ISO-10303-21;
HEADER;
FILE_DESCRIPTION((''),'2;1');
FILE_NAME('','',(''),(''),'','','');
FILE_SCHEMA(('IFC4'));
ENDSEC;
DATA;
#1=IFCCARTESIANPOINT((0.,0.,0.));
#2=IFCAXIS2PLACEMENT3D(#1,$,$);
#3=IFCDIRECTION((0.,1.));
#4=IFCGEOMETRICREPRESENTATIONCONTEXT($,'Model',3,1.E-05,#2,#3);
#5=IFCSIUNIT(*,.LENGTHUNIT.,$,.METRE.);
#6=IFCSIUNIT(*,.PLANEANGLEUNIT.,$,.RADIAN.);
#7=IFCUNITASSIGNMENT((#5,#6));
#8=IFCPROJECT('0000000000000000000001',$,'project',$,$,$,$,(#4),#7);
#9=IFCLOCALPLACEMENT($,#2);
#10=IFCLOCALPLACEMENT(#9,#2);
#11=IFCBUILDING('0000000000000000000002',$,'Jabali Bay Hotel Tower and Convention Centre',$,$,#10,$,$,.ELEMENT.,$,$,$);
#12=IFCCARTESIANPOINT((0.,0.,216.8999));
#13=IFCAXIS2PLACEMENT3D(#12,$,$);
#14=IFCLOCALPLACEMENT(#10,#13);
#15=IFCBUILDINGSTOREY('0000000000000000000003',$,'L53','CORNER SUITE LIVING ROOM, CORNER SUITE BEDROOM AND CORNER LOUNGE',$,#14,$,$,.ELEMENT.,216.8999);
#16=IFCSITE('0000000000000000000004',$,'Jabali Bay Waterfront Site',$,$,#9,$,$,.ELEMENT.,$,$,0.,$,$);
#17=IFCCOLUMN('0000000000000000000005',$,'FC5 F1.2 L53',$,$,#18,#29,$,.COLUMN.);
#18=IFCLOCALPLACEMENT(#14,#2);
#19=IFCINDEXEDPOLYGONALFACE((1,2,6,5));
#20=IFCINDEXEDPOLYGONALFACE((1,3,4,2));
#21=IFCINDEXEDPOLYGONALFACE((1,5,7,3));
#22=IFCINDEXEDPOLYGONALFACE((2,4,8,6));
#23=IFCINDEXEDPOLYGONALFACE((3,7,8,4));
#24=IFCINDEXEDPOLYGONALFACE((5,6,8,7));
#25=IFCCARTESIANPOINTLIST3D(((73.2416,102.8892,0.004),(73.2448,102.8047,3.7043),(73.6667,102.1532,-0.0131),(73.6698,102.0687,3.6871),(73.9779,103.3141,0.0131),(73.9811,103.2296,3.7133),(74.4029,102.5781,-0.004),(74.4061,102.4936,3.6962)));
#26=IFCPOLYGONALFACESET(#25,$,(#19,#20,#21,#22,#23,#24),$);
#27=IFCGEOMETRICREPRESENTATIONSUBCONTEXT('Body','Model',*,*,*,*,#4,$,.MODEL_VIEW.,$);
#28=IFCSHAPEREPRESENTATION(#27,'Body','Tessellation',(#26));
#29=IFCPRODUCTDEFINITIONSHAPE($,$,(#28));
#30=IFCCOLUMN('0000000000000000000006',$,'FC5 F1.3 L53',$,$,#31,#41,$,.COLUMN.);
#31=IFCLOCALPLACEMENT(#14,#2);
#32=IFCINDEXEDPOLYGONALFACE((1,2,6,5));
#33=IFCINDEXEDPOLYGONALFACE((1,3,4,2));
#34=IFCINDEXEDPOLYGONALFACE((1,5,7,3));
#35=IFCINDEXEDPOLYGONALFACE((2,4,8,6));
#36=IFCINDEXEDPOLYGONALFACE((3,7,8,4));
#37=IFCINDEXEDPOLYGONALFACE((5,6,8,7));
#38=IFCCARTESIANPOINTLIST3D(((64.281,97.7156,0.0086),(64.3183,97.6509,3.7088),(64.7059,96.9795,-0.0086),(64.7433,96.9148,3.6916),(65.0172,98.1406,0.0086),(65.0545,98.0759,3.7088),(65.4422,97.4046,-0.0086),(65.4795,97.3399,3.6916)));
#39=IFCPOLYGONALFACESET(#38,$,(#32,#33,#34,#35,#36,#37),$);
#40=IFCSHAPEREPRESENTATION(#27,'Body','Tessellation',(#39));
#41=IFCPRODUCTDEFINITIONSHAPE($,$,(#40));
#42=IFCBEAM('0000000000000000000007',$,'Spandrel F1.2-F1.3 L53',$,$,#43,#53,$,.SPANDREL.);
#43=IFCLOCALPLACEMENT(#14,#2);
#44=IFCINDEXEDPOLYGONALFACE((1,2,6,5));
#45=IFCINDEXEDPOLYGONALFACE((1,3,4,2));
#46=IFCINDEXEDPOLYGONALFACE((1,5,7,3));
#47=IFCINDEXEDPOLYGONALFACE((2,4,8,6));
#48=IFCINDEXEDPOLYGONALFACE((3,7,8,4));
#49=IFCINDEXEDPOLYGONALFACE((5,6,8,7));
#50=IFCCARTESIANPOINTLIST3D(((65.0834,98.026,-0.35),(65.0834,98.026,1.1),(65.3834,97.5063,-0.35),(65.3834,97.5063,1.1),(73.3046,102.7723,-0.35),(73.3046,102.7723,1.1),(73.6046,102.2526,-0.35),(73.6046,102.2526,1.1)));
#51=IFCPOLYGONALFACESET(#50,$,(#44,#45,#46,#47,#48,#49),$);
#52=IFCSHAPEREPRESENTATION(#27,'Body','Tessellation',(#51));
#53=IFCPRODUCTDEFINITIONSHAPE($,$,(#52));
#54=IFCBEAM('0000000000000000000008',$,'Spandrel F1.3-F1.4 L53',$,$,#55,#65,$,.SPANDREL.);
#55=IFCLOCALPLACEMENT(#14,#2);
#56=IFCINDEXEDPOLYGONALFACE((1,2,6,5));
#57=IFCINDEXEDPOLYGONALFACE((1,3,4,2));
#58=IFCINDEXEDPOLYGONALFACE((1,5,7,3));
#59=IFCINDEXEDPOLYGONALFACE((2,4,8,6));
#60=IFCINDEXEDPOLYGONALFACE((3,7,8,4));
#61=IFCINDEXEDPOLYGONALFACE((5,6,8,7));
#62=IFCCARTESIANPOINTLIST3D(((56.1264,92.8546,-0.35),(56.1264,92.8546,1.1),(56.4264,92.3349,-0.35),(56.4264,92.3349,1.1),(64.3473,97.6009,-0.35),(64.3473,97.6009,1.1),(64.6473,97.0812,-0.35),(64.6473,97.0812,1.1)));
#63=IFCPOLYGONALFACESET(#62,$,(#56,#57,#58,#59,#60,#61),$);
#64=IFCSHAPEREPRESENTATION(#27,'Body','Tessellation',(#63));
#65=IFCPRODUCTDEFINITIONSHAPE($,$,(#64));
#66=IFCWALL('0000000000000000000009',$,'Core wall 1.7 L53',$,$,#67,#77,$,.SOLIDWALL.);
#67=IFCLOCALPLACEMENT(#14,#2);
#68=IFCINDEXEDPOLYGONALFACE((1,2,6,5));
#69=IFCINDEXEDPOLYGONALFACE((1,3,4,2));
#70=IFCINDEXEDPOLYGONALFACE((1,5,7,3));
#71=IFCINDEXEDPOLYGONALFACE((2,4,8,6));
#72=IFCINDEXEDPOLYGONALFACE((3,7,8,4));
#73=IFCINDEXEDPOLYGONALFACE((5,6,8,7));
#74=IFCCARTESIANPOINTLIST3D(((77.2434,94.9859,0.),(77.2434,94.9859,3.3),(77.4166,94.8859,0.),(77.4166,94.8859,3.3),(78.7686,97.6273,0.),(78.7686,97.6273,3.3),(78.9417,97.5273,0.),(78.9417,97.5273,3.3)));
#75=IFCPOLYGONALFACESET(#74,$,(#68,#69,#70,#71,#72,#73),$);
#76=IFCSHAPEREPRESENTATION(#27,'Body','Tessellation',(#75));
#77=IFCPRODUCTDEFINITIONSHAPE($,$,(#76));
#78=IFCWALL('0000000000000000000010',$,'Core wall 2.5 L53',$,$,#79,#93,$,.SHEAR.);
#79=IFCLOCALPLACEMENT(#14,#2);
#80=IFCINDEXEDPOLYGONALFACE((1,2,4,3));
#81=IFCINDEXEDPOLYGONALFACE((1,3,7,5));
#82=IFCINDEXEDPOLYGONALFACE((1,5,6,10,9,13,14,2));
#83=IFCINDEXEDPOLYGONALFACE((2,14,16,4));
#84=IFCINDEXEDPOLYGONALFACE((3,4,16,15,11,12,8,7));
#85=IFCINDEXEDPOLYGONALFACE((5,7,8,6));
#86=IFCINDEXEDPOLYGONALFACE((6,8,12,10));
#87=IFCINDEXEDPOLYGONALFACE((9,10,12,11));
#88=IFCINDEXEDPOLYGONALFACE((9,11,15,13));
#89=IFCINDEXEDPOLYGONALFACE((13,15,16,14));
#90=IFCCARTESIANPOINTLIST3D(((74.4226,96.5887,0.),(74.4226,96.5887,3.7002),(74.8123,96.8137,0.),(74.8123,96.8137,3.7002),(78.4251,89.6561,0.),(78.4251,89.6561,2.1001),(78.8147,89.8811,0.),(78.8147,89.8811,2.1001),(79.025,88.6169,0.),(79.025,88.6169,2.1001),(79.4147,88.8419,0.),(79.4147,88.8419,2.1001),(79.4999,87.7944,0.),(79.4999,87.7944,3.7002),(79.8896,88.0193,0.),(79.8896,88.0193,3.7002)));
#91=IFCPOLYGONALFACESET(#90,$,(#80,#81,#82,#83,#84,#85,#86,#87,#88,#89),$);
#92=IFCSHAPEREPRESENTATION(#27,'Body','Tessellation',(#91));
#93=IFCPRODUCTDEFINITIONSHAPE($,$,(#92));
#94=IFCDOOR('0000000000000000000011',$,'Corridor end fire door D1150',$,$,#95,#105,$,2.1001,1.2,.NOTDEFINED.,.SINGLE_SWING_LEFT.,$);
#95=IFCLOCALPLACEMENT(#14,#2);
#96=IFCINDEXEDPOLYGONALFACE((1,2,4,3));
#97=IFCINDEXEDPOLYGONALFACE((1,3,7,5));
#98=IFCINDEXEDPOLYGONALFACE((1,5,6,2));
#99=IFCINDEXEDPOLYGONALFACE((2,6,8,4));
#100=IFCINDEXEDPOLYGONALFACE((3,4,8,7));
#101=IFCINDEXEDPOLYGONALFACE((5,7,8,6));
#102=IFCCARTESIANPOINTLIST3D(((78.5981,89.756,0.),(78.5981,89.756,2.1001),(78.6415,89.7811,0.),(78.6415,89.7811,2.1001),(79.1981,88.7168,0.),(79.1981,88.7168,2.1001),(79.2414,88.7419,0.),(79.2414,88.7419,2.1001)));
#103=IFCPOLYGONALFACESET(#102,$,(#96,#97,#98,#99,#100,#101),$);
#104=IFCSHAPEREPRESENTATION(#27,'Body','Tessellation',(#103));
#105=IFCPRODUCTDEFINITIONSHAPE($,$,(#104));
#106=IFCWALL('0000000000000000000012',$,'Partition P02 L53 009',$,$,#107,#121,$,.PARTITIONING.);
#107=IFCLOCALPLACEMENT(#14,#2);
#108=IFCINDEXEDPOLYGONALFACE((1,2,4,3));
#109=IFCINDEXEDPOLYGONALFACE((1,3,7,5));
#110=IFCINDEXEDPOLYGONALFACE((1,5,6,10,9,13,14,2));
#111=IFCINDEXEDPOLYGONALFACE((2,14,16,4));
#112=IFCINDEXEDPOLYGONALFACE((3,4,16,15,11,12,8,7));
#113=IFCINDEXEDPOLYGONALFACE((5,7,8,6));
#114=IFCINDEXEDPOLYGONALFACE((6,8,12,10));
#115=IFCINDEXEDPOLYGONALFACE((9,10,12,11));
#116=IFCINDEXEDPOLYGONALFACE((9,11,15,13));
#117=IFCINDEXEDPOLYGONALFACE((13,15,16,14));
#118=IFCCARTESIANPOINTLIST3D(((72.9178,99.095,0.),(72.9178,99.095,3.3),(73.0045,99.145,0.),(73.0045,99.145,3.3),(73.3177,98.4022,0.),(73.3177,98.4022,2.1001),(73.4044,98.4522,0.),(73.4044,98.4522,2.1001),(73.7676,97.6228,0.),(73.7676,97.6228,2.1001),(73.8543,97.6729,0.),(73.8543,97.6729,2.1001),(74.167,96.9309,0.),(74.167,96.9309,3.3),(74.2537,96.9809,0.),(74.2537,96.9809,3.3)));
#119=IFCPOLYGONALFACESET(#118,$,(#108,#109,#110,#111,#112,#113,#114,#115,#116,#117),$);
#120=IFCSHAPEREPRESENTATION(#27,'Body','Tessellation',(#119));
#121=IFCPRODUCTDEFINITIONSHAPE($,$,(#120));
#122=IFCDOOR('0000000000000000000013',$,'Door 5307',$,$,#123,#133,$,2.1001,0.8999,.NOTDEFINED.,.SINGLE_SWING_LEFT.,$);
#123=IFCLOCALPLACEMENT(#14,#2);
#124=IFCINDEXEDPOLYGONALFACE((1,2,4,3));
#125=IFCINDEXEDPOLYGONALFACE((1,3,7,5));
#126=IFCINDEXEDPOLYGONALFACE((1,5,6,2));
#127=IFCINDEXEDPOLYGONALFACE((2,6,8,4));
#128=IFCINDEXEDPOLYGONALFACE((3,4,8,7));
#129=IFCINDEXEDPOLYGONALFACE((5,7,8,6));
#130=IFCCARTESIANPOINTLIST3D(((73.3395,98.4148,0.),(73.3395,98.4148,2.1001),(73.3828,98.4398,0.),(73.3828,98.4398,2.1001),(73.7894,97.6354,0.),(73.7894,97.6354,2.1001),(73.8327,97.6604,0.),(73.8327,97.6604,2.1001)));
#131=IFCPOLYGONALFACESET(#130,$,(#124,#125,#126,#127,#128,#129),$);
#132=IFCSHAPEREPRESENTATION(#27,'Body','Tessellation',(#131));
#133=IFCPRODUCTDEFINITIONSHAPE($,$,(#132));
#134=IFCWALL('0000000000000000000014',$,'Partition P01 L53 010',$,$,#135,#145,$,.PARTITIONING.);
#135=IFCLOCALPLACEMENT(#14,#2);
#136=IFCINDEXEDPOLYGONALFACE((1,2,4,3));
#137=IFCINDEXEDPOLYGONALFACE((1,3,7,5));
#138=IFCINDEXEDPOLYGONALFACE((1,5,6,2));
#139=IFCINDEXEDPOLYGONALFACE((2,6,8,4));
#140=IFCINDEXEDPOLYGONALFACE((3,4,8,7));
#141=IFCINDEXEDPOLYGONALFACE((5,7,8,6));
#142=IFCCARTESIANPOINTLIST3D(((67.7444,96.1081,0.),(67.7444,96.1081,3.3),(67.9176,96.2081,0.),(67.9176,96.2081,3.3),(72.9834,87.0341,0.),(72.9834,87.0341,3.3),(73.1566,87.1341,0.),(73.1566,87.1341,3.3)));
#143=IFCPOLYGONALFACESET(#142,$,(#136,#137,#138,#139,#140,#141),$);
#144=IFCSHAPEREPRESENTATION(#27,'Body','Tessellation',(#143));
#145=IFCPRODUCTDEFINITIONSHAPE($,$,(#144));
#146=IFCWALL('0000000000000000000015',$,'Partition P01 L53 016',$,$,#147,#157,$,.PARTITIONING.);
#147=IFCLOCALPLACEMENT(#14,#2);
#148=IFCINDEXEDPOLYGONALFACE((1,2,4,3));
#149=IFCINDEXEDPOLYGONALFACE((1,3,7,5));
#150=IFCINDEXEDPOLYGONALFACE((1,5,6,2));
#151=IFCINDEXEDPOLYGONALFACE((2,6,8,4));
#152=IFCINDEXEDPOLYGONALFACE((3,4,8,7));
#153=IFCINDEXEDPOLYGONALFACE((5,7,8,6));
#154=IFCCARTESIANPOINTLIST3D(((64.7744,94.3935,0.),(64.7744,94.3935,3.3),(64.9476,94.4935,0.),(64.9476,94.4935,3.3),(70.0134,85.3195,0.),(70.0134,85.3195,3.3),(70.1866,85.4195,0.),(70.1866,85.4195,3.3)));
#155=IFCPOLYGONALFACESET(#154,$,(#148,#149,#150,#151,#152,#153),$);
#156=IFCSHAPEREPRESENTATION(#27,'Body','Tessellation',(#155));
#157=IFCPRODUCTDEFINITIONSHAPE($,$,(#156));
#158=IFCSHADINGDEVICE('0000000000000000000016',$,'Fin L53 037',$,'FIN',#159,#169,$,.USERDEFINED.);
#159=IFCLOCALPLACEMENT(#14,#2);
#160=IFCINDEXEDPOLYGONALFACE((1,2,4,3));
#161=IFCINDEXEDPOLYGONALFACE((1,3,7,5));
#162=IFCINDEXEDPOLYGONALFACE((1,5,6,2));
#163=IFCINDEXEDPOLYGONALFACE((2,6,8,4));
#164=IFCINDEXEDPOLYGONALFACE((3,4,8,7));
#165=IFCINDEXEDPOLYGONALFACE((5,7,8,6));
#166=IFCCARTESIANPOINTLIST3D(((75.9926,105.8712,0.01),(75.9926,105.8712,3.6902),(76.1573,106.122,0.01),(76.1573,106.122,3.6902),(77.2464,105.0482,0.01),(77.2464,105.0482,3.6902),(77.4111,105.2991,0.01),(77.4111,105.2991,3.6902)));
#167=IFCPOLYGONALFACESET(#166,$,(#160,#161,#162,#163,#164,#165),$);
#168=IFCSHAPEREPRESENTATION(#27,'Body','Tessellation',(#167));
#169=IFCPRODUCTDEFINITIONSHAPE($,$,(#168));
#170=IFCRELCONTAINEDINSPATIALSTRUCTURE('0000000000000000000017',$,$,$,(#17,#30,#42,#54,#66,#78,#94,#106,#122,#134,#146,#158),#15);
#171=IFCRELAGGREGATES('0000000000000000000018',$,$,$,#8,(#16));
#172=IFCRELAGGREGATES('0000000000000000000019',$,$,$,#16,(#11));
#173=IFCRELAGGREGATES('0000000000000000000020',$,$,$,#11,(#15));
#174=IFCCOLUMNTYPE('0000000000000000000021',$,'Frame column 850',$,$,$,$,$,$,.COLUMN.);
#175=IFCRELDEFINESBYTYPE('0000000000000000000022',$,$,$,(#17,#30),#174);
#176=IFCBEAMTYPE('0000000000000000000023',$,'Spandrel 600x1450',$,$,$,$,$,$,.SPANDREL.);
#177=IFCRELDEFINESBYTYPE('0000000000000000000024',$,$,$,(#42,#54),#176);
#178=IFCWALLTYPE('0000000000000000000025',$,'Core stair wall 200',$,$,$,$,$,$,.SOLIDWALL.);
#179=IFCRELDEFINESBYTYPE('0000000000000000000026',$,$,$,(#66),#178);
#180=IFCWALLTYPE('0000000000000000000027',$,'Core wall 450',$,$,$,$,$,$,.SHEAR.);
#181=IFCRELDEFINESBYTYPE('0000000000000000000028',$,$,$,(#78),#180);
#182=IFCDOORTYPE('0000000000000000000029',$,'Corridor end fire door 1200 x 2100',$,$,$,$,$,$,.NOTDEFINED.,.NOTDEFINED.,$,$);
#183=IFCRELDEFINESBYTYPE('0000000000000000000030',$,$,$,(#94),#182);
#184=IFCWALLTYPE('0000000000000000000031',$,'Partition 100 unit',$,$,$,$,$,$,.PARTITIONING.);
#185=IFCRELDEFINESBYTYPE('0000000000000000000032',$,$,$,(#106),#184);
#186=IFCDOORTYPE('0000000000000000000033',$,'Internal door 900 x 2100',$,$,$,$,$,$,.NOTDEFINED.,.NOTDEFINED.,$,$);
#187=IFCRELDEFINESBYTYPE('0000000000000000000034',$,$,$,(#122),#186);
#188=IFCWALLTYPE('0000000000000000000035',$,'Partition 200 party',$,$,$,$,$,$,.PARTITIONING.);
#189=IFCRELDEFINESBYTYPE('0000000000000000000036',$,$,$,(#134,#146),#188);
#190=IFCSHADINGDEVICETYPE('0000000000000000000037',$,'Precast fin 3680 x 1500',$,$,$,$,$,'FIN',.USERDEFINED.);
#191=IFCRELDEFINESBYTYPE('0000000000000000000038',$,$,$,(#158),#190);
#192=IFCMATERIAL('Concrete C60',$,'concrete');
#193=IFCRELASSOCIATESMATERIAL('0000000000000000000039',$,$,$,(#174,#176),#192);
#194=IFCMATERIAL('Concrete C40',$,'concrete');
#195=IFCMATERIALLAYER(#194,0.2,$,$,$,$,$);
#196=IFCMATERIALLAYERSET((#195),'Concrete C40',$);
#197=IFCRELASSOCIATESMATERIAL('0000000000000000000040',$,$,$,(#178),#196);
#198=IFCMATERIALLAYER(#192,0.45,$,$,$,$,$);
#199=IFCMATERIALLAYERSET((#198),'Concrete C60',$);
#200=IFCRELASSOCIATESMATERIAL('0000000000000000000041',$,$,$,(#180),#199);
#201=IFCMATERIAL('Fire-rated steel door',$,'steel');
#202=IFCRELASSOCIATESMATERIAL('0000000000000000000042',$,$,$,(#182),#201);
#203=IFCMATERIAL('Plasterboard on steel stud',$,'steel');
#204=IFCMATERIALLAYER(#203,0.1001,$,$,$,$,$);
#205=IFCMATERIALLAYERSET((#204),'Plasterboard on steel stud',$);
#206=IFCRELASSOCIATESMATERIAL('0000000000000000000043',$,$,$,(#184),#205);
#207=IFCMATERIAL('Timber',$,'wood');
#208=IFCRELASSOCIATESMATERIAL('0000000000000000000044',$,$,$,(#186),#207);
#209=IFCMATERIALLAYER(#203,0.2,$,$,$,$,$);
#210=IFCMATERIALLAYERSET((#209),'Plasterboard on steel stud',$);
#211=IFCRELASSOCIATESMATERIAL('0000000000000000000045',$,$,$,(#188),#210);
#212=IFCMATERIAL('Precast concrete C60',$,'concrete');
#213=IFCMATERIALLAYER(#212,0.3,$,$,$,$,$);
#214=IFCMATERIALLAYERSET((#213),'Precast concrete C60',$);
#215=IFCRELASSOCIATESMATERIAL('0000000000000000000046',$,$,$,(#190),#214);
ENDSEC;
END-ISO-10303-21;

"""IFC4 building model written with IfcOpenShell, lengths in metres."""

from ifc_helpers import new_model, si_unit, direction, frame, frame_2d, origin, origin_2d, place, context, subcontext, project, spatial, rectangle, extrude, material, layer, layer_set, material_profile, profile_set, type_object, element, fill, save


model = new_model("IFC4")

# Units and contexts
model_context = context("Model", 3, precision=1e-05, world=origin(), true_north=direction((0.0, 1.0)))
body_context = subcontext(model_context, "Body", "Model", "MODEL_VIEW")
ifc_project = project(units=[si_unit("LENGTHUNIT", "METRE"), si_unit("PLANEANGLEUNIT", "RADIAN")], contexts=[model_context])

# Site, building, storey
site_placement = place(None, origin())
site = spatial("IfcSite", under=ifc_project, at=site_placement, Name="Jabali Bay Waterfront Site", CompositionType="ELEMENT", RefElevation=0.0)
building_placement = place(site_placement, origin())
building = spatial("IfcBuilding", under=site, at=building_placement, Name="Jabali Bay Hotel Tower and Convention Centre", CompositionType="ELEMENT")
storey_placement = place(building_placement, frame((0.0, 0.0, 216.8999)))
storey = spatial("IfcBuildingStorey", under=building, at=storey_placement, Name="L53", Description="CORNER SUITE LIVING ROOM, CORNER SUITE BEDROOM AND CORNER LOUNGE", CompositionType="ELEMENT", Elevation=216.8999)

# Columns
ifc_material_1 = material(Name="Concrete C60", Category="concrete")
ifc_material_profile_1 = material_profile(ifc_material_1, rectangle(XDim=0.8501, YDim=0.8501, at=origin_2d()), Name="Frame column 850")
ifc_profile_set_1 = profile_set([ifc_material_profile_1], Name="Concrete C60")
column_type = type_object("IfcColumnType", Name="Frame column 850", PredefinedType="COLUMN", material=ifc_profile_set_1)
column_1_placement = place(storey_placement, frame((73.8223, 102.7336, 0.0), z_axis=(0.000858, -0.022823, 0.999739), x_axis=(0.866055, 0.499836, 0.010668)))
element("IfcColumn", 1, at=column_1_placement, inside=storey, type_object=column_type, Name="FC5 F1.2 L53", PredefinedType="COLUMN", context=body_context, shape_type="SweptSolid", body=[
    extrude(rectangle(XDim=0.8501, YDim=0.8501, at=origin_2d()), origin(), (0.0, 0.0, 1.0), 3.7012),
])
column_2_placement = place(storey_placement, frame((64.8616, 97.5601, 0.0), z_axis=(0.010093, -0.017481, 0.999796), x_axis=(-0.499897, 0.86585, 0.020186)))
element("IfcColumn", 2, at=column_2_placement, inside=storey, type_object=column_type, Name="FC5 F1.3 L53", PredefinedType="COLUMN", context=body_context, shape_type="SweptSolid", body=[
    extrude(rectangle(XDim=0.8501, YDim=0.8501, at=origin_2d()), origin(), (0.0, 0.0, 1.0), 3.7009),
])

# Beams
ifc_material_profile_2 = material_profile(ifc_material_1, rectangle(XDim=0.6001, YDim=1.45, at=origin_2d()), Name="Spandrel 600x1450")
ifc_profile_set_2 = profile_set([ifc_material_profile_2], Name="Concrete C60")
beam_type = type_object("IfcBeamType", Name="Spandrel 600x1450", PredefinedType="SPANDREL", material=ifc_profile_set_2)
beam_1_placement = place(storey_placement, frame((73.4546, 102.5125, 0.375), z_axis=(-0.866033, -0.499987, 0.0), x_axis=(0.499987, -0.866033, 0.0)))
element("IfcBeam", 3, at=beam_1_placement, inside=storey, type_object=beam_type, Name="Spandrel F1.2-F1.3 L53", PredefinedType="SPANDREL", context=body_context, shape_type="SweptSolid", body=[
    extrude(rectangle(XDim=0.6001, YDim=1.45, at=origin_2d()), origin(), (0.0, 0.0, 1.0), 9.4929),
])
beam_2_placement = place(storey_placement, frame((64.4973, 97.3411, 0.375), z_axis=(-0.866027, -0.499998, 0.0), x_axis=(0.499998, -0.866027, 0.0)))
element("IfcBeam", 4, at=beam_2_placement, inside=storey, type_object=beam_type, Name="Spandrel F1.3-F1.4 L53", PredefinedType="SPANDREL", context=body_context, shape_type="SweptSolid", body=[
    extrude(rectangle(XDim=0.6001, YDim=1.45, at=origin_2d()), origin(), (0.0, 0.0, 1.0), 9.4927),
])

# Wall
ifc_material_2 = material(Name="Concrete C40", Category="concrete")
ifc_layer_1 = layer(ifc_material_2, 0.2)
ifc_layer_set_1 = layer_set([ifc_layer_1], Name="Concrete C40")
wall_type_1 = type_object("IfcWallType", Name="Core stair wall 200", PredefinedType="SOLIDWALL", material=ifc_layer_set_1)
wall_1_placement = place(storey_placement, frame((77.3301, 94.936, 0.0), z_axis=(0.0, 0.0, 1.0), x_axis=(0.500039, 0.866003, 0.0)))
element("IfcWall", 5, at=wall_1_placement, inside=storey, type_object=wall_type_1, Name="Core wall 1.7 L53", PredefinedType="SOLIDWALL", context=body_context, shape_type="SweptSolid", body=[
    extrude(rectangle(XDim=3.05, YDim=0.2, at=frame_2d((1.5249, 0.0))), origin(), (0.0, 0.0, 1.0), 3.3),
])

# Walls, openings, doors
ifc_layer_2 = layer(ifc_material_1, 0.45)
ifc_layer_set_2 = layer_set([ifc_layer_2], Name="Concrete C60")
wall_type_2 = type_object("IfcWallType", Name="Core wall 450", PredefinedType="SHEAR", material=ifc_layer_set_2)
wall_2_placement = place(storey_placement, frame((74.6174, 96.7012, 0.0), z_axis=(0.0, 0.0, 1.0), x_axis=(0.499994, -0.866029, 0.0)))
wall_2 = element("IfcWall", 6, at=wall_2_placement, inside=storey, type_object=wall_type_2, Name="Core wall 2.5 L53", PredefinedType="SHEAR", context=body_context, shape_type="SweptSolid", body=[
    extrude(rectangle(XDim=10.1548, YDim=0.45, at=frame_2d((5.0774, 0.0))), origin(), (0.0, 0.0, 1.0), 3.7002),
])
opening_1_placement = place(wall_2_placement, frame((8.0049, 0.0, 0.0)))
opening_1 = element("IfcOpeningElement", 7, at=opening_1_placement, cuts=wall_2, PredefinedType="OPENING", context=body_context, shape_type="SweptSolid", body=[
    extrude(rectangle(XDim=1.2, YDim=2.1001, at=frame_2d((0.6001, 1.05))), frame((0.0, 0.2354, 0.0), z_axis=(0.0, -1.0, 0.0), x_axis=(1.0, 0.0, 0.0)), (0.0, 0.0, 1.0), 0.4709),
])
ifc_material_3 = material(Name="Fire-rated steel door", Category="steel")
door_type_1 = type_object("IfcDoorType", Name="Corridor end fire door 1200 x 2100", OperationType="NOTDEFINED", PredefinedType="NOTDEFINED", material=ifc_material_3)
door_1_placement = place(opening_1_placement, origin())
door_1 = element("IfcDoor", 8, at=door_1_placement, inside=storey, type_object=door_type_1, Name="Corridor end fire door D1150", OperationType="SINGLE_SWING_LEFT", OverallHeight=2.1001, OverallWidth=1.2, PredefinedType="NOTDEFINED", context=body_context, shape_type="SweptSolid", body=[
    extrude(rectangle(XDim=1.2, YDim=2.1001, at=frame_2d((0.6001, 1.05))), frame((0.0, 0.0249, 0.0), z_axis=(0.0, -1.0, 0.0), x_axis=(1.0, 0.0, 0.0)), (0.0, 0.0, 1.0), 0.05),
])
fill(opening_1, door_1)
ifc_material_4 = material(Name="Plasterboard on steel stud", Category="steel")
ifc_layer_3 = layer(ifc_material_4, 0.1001)
ifc_layer_set_3 = layer_set([ifc_layer_3], Name="Plasterboard on steel stud")
wall_type_3 = type_object("IfcWallType", Name="Partition 100 unit", PredefinedType="PARTITIONING", material=ifc_layer_set_3)
wall_3_placement = place(storey_placement, frame((74.2104, 96.9558, 0.0), z_axis=(0.0, 0.0, 1.0), x_axis=(-0.499954, 0.866052, 0.0)))
wall_3 = element("IfcWall", 9, at=wall_3_placement, inside=storey, type_object=wall_type_3, Name="Partition P02 L53 009", PredefinedType="PARTITIONING", context=body_context, shape_type="SweptSolid", body=[
    extrude(rectangle(XDim=2.4988, YDim=0.1001, at=frame_2d((1.2495, 0.0))), origin(), (0.0, 0.0, 1.0), 3.3),
])
opening_2_placement = place(wall_3_placement, frame((0.7991, 0.0, 0.0)))
opening_2 = element("IfcOpeningElement", 10, at=opening_2_placement, cuts=wall_3, PredefinedType="OPENING", context=body_context, shape_type="SweptSolid", body=[
    extrude(rectangle(XDim=0.8999, YDim=2.1001, at=frame_2d((0.45, 1.05))), frame((0.0, 0.0605, 0.0), z_axis=(0.0, -1.0, 0.0), x_axis=(1.0, 0.0, 0.0)), (0.0, 0.0, 1.0), 0.1211),
])
ifc_material_5 = material(Name="Timber", Category="wood")
door_type_2 = type_object("IfcDoorType", Name="Internal door 900 x 2100", OperationType="NOTDEFINED", PredefinedType="NOTDEFINED", material=ifc_material_5)
door_2_placement = place(opening_2_placement, origin())
door_2 = element("IfcDoor", 11, at=door_2_placement, inside=storey, type_object=door_type_2, Name="Door 5307", OperationType="SINGLE_SWING_LEFT", OverallHeight=2.1001, OverallWidth=0.8999, PredefinedType="NOTDEFINED", context=body_context, shape_type="SweptSolid", body=[
    extrude(rectangle(XDim=0.8999, YDim=2.1001, at=frame_2d((0.45, 1.05))), frame((0.0, 0.0249, 0.0), z_axis=(0.0, -1.0, 0.0), x_axis=(1.0, 0.0, 0.0)), (0.0, 0.0, 1.0), 0.05),
])
fill(opening_2, door_2)

# Walls
ifc_layer_4 = layer(ifc_material_4, 0.2)
ifc_layer_set_4 = layer_set([ifc_layer_4], Name="Plasterboard on steel stud")
wall_type_4 = type_object("IfcWallType", Name="Partition 200 party", PredefinedType="PARTITIONING", material=ifc_layer_set_4)
for number, where, z_axis, x_axis, name in (
    (12, (67.8311, 96.158, 0.0), (0.0, 0.0, 1.0), (0.500011, -0.866019, 0.0), "Partition P01 L53 010"),
    (13, (64.8611, 94.4434, 0.0), (0.0, 0.0, 1.0), (0.500011, -0.866019, 0.0), "Partition P01 L53 016"),
):
    element("IfcWall", number, at=place(storey_placement, frame(where, z_axis=z_axis, x_axis=x_axis)), inside=storey, type_object=wall_type_4, Name=name, PredefinedType="PARTITIONING", context=body_context, shape_type="SweptSolid", body=[
        extrude(rectangle(XDim=10.4778, YDim=0.2, at=frame_2d((5.2388, 0.0))), origin(), (0.0, 0.0, 1.0), 3.3),
    ])

# Shading device
ifc_material_6 = material(Name="Precast concrete C60", Category="concrete")
ifc_layer_5 = layer(ifc_material_6, 0.3)
ifc_layer_set_5 = layer_set([ifc_layer_5], Name="Precast concrete C60")
shading_device_type = type_object("IfcShadingDeviceType", Name="Precast fin 3680 x 1500", ElementType="FIN", PredefinedType="USERDEFINED", material=ifc_layer_set_5)
shading_device_1_placement = place(storey_placement, frame((77.3289, 105.1736, 0.01), z_axis=(0.0, 0.0, 1.0), x_axis=(-0.836011, 0.548713, 0.0)))
element("IfcShadingDevice", 14, at=shading_device_1_placement, inside=storey, type_object=shading_device_type, Name="Fin L53 037", ObjectType="FIN", PredefinedType="USERDEFINED", context=body_context, shape_type="SweptSolid", body=[
    extrude(rectangle(XDim=1.4998, YDim=0.3, at=frame_2d((0.75, 0.0))), origin(), (0.0, 0.0, 1.0), 3.6802),
])

save(model, "model.ifc")
